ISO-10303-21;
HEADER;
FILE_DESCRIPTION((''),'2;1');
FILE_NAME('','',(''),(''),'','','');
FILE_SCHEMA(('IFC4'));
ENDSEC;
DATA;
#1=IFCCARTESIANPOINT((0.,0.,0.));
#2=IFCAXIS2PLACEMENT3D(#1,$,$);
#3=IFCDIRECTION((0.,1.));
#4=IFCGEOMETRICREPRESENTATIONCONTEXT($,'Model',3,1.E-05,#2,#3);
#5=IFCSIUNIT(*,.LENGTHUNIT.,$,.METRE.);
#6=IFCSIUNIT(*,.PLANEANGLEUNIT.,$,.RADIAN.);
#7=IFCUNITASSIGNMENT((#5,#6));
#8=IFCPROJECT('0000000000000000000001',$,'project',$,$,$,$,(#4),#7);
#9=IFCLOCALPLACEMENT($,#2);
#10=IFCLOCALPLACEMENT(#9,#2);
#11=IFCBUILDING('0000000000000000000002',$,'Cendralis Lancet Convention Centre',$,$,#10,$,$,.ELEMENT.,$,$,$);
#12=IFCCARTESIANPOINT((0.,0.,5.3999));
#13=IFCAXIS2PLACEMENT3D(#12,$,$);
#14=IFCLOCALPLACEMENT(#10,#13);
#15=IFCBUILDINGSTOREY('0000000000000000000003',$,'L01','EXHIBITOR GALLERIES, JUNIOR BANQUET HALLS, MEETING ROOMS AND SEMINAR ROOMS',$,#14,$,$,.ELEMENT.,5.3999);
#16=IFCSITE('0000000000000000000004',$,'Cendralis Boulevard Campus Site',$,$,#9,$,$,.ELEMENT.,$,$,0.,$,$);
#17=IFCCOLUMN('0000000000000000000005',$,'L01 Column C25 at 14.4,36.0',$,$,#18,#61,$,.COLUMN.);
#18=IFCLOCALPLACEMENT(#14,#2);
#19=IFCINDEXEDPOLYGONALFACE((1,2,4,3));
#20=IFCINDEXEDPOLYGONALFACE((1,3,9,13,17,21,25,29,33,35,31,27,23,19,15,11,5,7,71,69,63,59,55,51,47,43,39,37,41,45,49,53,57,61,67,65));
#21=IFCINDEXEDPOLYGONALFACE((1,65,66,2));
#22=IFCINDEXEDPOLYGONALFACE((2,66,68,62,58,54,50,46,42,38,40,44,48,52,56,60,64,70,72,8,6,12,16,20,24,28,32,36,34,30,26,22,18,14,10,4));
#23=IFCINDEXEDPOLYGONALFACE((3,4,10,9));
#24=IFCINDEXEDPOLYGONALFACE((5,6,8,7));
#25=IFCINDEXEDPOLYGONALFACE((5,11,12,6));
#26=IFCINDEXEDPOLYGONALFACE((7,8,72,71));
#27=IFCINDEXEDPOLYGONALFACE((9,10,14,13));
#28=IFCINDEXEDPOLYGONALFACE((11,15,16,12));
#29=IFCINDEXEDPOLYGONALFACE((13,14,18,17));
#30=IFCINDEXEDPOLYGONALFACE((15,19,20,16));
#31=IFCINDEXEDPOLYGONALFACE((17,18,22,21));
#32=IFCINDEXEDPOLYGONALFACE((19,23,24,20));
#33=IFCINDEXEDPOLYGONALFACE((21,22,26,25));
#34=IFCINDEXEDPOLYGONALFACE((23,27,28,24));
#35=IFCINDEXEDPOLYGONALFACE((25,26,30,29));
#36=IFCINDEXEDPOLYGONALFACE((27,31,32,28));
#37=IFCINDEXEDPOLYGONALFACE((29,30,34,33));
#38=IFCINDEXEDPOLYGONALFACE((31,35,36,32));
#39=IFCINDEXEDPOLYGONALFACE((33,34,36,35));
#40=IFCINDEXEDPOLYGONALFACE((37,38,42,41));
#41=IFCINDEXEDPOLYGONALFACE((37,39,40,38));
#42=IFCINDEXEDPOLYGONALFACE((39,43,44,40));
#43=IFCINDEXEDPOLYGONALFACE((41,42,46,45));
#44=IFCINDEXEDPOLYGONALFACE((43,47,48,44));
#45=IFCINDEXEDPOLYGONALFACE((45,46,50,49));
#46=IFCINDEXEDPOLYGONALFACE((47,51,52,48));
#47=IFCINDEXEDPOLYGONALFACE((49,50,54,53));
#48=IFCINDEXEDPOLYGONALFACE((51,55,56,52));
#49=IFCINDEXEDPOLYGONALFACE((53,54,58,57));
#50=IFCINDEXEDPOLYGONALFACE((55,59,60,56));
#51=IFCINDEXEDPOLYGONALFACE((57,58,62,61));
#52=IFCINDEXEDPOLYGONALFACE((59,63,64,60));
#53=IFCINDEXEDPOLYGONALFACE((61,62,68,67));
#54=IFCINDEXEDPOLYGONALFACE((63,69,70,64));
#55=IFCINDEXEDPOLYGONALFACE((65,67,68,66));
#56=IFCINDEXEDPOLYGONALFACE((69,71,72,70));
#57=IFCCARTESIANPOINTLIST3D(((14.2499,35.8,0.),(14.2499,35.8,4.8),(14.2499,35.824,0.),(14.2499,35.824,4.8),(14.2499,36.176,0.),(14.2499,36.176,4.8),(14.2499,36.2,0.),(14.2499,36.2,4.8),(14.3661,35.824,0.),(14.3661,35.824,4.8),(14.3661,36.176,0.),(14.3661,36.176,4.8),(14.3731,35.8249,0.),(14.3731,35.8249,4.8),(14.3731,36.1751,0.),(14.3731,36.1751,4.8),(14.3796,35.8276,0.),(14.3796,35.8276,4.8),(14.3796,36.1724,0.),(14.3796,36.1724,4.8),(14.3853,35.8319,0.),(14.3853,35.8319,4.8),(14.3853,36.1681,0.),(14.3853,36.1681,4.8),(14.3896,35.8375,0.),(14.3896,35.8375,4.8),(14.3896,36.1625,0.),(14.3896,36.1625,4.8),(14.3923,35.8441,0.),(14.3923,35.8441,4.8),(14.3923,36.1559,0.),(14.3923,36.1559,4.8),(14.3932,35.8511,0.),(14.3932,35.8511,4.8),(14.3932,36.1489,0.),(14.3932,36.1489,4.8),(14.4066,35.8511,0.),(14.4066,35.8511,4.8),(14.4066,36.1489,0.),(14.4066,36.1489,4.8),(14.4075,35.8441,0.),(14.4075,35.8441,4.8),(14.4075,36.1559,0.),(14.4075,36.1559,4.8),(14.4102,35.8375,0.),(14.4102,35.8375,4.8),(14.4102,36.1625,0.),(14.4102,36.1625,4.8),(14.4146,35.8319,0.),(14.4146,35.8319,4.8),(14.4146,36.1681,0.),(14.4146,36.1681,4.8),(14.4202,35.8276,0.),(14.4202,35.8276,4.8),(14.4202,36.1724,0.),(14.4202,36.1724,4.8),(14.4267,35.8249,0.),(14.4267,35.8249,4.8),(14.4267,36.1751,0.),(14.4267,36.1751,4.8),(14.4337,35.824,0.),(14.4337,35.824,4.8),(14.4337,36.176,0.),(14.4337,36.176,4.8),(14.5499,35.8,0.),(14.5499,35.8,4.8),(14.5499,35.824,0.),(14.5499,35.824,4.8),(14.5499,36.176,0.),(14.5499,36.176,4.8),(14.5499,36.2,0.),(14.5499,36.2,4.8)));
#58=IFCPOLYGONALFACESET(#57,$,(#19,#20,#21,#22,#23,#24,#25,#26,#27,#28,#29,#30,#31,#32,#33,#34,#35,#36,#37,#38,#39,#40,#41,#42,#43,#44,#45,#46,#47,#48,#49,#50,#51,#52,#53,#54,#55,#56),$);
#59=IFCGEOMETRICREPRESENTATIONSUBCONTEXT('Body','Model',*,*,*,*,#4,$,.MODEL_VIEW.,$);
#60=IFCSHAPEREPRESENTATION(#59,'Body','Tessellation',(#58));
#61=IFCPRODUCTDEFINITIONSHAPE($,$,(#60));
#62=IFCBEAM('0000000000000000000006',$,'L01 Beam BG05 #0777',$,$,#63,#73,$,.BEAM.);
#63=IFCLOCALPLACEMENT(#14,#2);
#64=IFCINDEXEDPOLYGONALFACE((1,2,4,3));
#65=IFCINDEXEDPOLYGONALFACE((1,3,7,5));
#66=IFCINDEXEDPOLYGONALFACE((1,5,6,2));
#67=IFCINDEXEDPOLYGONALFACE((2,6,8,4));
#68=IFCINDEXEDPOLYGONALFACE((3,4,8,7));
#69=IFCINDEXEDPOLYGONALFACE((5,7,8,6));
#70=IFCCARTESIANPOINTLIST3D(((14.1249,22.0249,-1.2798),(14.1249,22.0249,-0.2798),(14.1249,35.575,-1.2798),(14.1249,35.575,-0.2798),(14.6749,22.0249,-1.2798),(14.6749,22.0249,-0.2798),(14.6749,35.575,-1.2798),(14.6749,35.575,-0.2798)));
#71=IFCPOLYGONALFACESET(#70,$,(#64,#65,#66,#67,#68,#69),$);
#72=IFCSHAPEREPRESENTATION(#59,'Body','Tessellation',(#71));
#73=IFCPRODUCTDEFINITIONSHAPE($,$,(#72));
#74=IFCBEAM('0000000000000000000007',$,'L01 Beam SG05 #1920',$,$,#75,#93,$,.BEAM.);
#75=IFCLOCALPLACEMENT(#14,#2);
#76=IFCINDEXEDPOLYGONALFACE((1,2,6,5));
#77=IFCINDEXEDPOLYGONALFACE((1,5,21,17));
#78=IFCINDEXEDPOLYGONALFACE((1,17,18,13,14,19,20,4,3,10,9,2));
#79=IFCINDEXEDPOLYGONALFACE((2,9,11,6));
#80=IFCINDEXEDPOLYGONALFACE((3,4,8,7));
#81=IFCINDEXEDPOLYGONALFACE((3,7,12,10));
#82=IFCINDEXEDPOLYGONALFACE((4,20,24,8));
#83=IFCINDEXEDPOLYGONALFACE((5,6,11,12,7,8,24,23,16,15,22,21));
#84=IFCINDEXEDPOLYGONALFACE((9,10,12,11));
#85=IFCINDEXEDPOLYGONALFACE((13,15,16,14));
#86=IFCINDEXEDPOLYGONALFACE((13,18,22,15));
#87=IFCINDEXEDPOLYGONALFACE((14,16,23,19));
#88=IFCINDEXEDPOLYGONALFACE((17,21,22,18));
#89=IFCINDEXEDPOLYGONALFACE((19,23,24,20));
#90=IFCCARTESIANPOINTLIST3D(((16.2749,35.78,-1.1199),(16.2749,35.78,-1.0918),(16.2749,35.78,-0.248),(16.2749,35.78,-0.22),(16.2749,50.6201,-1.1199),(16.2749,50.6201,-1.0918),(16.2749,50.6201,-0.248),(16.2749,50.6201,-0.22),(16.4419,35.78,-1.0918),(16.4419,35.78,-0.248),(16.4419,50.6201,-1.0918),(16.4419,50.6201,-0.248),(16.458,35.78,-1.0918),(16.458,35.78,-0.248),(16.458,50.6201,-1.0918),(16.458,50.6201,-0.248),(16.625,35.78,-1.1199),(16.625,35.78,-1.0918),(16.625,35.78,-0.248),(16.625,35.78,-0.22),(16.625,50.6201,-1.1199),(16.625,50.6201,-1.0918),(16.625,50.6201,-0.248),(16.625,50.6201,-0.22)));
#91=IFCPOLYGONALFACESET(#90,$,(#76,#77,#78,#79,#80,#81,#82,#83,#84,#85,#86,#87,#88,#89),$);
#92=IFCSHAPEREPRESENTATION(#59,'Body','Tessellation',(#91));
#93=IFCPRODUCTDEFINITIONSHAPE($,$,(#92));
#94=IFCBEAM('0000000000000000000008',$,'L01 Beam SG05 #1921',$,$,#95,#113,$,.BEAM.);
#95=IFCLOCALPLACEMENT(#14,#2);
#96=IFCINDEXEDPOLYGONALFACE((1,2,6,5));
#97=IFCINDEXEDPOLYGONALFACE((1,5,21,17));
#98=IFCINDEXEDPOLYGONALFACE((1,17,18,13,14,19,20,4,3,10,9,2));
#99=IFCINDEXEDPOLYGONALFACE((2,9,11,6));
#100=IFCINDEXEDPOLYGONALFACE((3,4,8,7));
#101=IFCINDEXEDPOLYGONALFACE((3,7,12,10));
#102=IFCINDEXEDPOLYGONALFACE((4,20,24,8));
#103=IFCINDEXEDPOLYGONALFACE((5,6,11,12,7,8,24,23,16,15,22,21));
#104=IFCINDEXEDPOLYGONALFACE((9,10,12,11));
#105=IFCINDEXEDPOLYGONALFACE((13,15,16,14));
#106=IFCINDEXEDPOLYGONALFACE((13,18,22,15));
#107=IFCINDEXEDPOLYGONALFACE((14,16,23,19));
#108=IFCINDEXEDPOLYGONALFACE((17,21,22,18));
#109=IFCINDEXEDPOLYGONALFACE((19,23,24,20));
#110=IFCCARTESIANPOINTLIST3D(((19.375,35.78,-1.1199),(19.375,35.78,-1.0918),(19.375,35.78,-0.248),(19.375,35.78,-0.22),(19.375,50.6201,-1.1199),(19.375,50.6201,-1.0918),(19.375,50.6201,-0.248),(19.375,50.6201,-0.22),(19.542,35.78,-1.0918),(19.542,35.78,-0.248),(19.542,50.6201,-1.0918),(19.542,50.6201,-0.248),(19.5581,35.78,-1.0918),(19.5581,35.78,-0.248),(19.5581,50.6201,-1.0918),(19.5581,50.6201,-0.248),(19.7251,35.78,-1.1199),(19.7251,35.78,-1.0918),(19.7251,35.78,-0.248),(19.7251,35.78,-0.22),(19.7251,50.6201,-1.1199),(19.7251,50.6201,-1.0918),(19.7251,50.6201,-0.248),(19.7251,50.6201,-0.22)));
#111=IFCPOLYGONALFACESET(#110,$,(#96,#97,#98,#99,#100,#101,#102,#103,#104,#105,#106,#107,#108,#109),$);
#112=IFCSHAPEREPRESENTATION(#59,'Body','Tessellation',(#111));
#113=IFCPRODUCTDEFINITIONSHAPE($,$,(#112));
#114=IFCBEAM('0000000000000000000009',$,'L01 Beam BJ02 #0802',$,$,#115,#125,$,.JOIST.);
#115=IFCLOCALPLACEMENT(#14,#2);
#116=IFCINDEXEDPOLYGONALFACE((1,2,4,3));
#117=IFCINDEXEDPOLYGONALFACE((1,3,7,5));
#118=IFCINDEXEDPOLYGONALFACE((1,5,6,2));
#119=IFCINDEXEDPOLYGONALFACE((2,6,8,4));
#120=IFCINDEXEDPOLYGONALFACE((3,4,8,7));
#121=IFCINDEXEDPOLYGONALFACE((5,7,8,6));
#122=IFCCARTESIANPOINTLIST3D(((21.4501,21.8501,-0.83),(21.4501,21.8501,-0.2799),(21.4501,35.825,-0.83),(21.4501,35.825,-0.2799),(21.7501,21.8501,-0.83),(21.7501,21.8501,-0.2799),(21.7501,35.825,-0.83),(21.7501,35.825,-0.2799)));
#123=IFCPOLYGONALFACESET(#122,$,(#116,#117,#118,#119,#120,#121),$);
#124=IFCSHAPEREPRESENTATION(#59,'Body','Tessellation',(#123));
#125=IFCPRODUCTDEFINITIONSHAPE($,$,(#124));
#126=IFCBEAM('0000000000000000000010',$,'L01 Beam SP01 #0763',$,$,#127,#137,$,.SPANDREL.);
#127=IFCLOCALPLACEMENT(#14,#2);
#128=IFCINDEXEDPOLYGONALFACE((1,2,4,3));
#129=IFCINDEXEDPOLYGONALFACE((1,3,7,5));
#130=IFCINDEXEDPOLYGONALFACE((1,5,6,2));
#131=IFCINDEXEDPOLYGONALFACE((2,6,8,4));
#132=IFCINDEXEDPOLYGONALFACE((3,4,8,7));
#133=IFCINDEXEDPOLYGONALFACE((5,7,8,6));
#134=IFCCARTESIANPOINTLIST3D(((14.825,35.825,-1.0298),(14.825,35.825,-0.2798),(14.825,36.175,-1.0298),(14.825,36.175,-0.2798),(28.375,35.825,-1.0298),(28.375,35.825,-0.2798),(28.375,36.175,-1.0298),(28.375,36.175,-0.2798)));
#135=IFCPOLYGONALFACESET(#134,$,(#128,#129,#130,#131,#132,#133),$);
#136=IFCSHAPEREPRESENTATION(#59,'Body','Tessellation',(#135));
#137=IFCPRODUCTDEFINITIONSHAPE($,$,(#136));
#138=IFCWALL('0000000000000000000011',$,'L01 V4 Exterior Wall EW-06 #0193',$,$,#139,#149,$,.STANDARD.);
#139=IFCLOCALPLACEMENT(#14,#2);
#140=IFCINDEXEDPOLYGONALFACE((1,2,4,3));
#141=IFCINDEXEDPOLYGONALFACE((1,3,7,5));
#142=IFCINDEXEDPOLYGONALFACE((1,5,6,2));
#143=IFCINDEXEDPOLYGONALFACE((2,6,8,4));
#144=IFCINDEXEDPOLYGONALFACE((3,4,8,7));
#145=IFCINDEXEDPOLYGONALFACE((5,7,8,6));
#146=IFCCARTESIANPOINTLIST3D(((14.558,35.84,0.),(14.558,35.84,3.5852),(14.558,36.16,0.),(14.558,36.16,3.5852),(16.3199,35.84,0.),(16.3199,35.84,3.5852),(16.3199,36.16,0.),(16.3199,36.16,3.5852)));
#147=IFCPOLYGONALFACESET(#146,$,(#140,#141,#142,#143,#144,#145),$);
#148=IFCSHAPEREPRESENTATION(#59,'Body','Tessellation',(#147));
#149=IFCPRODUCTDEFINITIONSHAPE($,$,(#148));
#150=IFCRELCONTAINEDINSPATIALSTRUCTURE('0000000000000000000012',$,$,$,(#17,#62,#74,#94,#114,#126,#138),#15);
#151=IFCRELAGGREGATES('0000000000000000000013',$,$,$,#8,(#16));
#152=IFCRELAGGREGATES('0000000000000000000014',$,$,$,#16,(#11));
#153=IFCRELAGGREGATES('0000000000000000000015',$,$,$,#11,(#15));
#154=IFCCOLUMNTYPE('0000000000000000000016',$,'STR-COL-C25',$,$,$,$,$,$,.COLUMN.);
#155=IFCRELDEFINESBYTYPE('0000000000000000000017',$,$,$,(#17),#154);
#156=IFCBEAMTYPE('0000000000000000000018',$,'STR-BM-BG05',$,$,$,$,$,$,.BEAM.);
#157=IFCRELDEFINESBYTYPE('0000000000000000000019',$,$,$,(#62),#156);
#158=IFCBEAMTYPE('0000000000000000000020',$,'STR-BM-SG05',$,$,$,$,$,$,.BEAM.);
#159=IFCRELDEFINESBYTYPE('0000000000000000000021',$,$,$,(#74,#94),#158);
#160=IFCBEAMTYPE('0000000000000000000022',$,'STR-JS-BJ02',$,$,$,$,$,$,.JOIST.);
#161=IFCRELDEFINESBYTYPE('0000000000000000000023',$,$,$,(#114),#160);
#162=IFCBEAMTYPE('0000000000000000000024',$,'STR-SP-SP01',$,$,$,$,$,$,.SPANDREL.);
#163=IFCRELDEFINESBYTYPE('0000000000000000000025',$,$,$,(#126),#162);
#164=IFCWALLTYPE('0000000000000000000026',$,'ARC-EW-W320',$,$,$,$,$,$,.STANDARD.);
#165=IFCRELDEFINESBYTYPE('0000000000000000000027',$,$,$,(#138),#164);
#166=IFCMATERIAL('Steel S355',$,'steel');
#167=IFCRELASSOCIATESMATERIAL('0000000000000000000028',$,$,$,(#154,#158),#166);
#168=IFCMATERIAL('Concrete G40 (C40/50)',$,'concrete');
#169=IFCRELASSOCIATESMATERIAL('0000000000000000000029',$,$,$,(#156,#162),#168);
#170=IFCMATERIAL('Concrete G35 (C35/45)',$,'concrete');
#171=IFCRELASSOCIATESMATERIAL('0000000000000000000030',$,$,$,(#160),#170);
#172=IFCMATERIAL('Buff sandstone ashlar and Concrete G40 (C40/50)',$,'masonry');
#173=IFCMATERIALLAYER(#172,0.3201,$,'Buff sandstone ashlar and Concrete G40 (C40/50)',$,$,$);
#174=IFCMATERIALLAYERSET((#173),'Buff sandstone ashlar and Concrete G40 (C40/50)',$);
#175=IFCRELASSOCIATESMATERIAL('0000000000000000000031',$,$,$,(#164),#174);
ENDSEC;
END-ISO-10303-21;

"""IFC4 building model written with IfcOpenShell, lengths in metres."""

from ifc_helpers import new_model, si_unit, direction, frame, frame_2d, origin, origin_2d, place, context, subcontext, project, spatial, rectangle, i_section, extrude, material, layer, layer_set, material_profile, profile_set, type_object, element, save


model = new_model("IFC4")

# Units and contexts
model_context = context("Model", 3, precision=1e-05, world=origin(), true_north=direction((0.0, 1.0)))
body_context = subcontext(model_context, "Body", "Model", "MODEL_VIEW")
ifc_project = project(units=[si_unit("LENGTHUNIT", "METRE"), si_unit("PLANEANGLEUNIT", "RADIAN")], contexts=[model_context])

# Site, building, storey
site_placement = place(None, origin())
site = spatial("IfcSite", under=ifc_project, at=site_placement, Name="Cendralis Boulevard Campus Site", CompositionType="ELEMENT", RefElevation=0.0)
building_placement = place(site_placement, origin())
building = spatial("IfcBuilding", under=site, at=building_placement, Name="Cendralis Lancet Convention Centre", CompositionType="ELEMENT")
storey_placement = place(building_placement, frame((0.0, 0.0, 5.3999)))
storey = spatial("IfcBuildingStorey", under=building, at=storey_placement, Name="L01", Description="EXHIBITOR GALLERIES, JUNIOR BANQUET HALLS, MEETING ROOMS AND SEMINAR ROOMS", CompositionType="ELEMENT", Elevation=5.3999)

# Column
ifc_material_1 = material(Name="Steel S355", Category="steel")
ifc_material_profile_1 = material_profile(ifc_material_1, i_section(OverallWidth=0.3, OverallDepth=0.3999, WebThickness=0.0134, FlangeThickness=0.0239, FilletRadius=0.0271, at=origin_2d()), Name="HEB 400")
ifc_profile_set_1 = profile_set([ifc_material_profile_1], Name="Steel S355")
column_type = type_object("IfcColumnType", Name="STR-COL-C25", PredefinedType="COLUMN", material=ifc_profile_set_1)
column_placement = place(storey_placement, frame((14.3999, 36.0, 0.0), z_axis=(0.0, 0.0, 1.0), x_axis=(1.0, 0.0, 0.0)))
element("IfcColumn", 1, at=column_placement, inside=storey, type_object=column_type, Name="L01 Column C25 at 14.4,36.0", PredefinedType="COLUMN", context=body_context, shape_type="SweptSolid", body=[
    extrude(i_section(OverallWidth=0.3, OverallDepth=0.3999, WebThickness=0.0134, FlangeThickness=0.0239, FilletRadius=0.0271, at=origin_2d()), origin(), (0.0, 0.0, 1.0), 4.8),
])

# Beams
ifc_material_2 = material(Name="Concrete G40 (C40/50)", Category="concrete")
ifc_material_profile_2 = material_profile(ifc_material_2, rectangle(XDim=0.55, YDim=1.0, at=origin_2d()), Name="RCB 550x1000")
ifc_profile_set_2 = profile_set([ifc_material_profile_2], Name="Concrete G40 (C40/50)")
beam_type_1 = type_object("IfcBeamType", Name="STR-BM-BG05", PredefinedType="BEAM", material=ifc_profile_set_2)
beam_1_placement = place(storey_placement, frame((14.3999, 22.0249, -0.7798), z_axis=(0.0, 1.0, 0.0), x_axis=(-1.0, 0.0, 0.0)))
element("IfcBeam", 2, at=beam_1_placement, inside=storey, type_object=beam_type_1, Name="L01 Beam BG05 #0777", PredefinedType="BEAM", context=body_context, shape_type="SweptSolid", body=[
    extrude(rectangle(XDim=0.55, YDim=1.0, at=origin_2d()), origin(), (0.0, 0.0, 1.0), 13.55),
])
ifc_material_profile_3 = material_profile(ifc_material_1, i_section(OverallWidth=0.3501, OverallDepth=0.8999, WebThickness=0.0161, FlangeThickness=0.0281, at=origin_2d()), Name="PG 900x350")
ifc_profile_set_3 = profile_set([ifc_material_profile_3], Name="Steel S355")
beam_type_2 = type_object("IfcBeamType", Name="STR-BM-SG05", PredefinedType="BEAM", material=ifc_profile_set_3)
for number, where, z_axis, x_axis, name in (
    (3, (16.45, 35.78, -0.6699), (0.0, 1.0, 0.0), (-1.0, 0.0, 0.0), "L01 Beam SG05 #1920"),
    (4, (19.55, 35.78, -0.6699), (0.0, 1.0, 0.0), (-1.0, 0.0, 0.0), "L01 Beam SG05 #1921"),
):
    element("IfcBeam", number, at=place(storey_placement, frame(where, z_axis=z_axis, x_axis=x_axis)), inside=storey, type_object=beam_type_2, Name=name, PredefinedType="BEAM", context=body_context, shape_type="SweptSolid", body=[
        extrude(i_section(OverallWidth=0.3501, OverallDepth=0.8999, WebThickness=0.0161, FlangeThickness=0.0281, at=origin_2d()), origin(), (0.0, 0.0, 1.0), 14.8401),
    ])
ifc_material_3 = material(Name="Concrete G35 (C35/45)", Category="concrete")
ifc_material_profile_4 = material_profile(ifc_material_3, rectangle(XDim=0.3, YDim=0.55, at=origin_2d()), Name="RCB 300x550")
ifc_profile_set_4 = profile_set([ifc_material_profile_4], Name="Concrete G35 (C35/45)")
beam_type_3 = type_object("IfcBeamType", Name="STR-JS-BJ02", PredefinedType="JOIST", material=ifc_profile_set_4)
beam_2_placement = place(storey_placement, frame((21.6001, 21.8501, -0.5549), z_axis=(0.0, 1.0, 0.0), x_axis=(-1.0, 0.0, 0.0)))
element("IfcBeam", 5, at=beam_2_placement, inside=storey, type_object=beam_type_3, Name="L01 Beam BJ02 #0802", PredefinedType="JOIST", context=body_context, shape_type="SweptSolid", body=[
    extrude(rectangle(XDim=0.3, YDim=0.55, at=origin_2d()), origin(), (0.0, 0.0, 1.0), 13.9749),
])
ifc_material_profile_5 = material_profile(ifc_material_2, rectangle(XDim=0.3501, YDim=0.75, at=origin_2d()), Name="RCB 350x750")
ifc_profile_set_5 = profile_set([ifc_material_profile_5], Name="Concrete G40 (C40/50)")
beam_type_4 = type_object("IfcBeamType", Name="STR-SP-SP01", PredefinedType="SPANDREL", material=ifc_profile_set_5)
beam_3_placement = place(storey_placement, frame((14.825, 36.0, -0.6548), z_axis=(1.0, 0.0, 0.0), x_axis=(0.0, 1.0, 0.0)))
element("IfcBeam", 6, at=beam_3_placement, inside=storey, type_object=beam_type_4, Name="L01 Beam SP01 #0763", PredefinedType="SPANDREL", context=body_context, shape_type="SweptSolid", body=[
    extrude(rectangle(XDim=0.3501, YDim=0.75, at=origin_2d()), origin(), (0.0, 0.0, 1.0), 13.55),
])

# Wall
ifc_material_4 = material(Name="Buff sandstone ashlar and Concrete G40 (C40/50)", Category="masonry")
ifc_layer_1 = layer(ifc_material_4, 0.3201, Name="Buff sandstone ashlar and Concrete G40 (C40/50)")
ifc_layer_set_1 = layer_set([ifc_layer_1], Name="Buff sandstone ashlar and Concrete G40 (C40/50)")
wall_type_1 = type_object("IfcWallType", Name="ARC-EW-W320", PredefinedType="STANDARD", material=ifc_layer_set_1)
wall_1_placement = place(storey_placement, frame((14.5581, 36.0, 0.0), z_axis=(0.0, 0.0, 1.0), x_axis=(1.0, 0.0, 0.0)))
element("IfcWall", 7, at=wall_1_placement, inside=storey, type_object=wall_type_1, Name="L01 V4 Exterior Wall EW-06 #0193", PredefinedType="STANDARD", context=body_context, shape_type="SweptSolid", body=[
    extrude(rectangle(XDim=1.762, YDim=0.3201, at=frame_2d((0.8809, 0.0))), origin(), (0.0, 0.0, 1.0), 3.5852),
])

save(model, "model.ifc")
